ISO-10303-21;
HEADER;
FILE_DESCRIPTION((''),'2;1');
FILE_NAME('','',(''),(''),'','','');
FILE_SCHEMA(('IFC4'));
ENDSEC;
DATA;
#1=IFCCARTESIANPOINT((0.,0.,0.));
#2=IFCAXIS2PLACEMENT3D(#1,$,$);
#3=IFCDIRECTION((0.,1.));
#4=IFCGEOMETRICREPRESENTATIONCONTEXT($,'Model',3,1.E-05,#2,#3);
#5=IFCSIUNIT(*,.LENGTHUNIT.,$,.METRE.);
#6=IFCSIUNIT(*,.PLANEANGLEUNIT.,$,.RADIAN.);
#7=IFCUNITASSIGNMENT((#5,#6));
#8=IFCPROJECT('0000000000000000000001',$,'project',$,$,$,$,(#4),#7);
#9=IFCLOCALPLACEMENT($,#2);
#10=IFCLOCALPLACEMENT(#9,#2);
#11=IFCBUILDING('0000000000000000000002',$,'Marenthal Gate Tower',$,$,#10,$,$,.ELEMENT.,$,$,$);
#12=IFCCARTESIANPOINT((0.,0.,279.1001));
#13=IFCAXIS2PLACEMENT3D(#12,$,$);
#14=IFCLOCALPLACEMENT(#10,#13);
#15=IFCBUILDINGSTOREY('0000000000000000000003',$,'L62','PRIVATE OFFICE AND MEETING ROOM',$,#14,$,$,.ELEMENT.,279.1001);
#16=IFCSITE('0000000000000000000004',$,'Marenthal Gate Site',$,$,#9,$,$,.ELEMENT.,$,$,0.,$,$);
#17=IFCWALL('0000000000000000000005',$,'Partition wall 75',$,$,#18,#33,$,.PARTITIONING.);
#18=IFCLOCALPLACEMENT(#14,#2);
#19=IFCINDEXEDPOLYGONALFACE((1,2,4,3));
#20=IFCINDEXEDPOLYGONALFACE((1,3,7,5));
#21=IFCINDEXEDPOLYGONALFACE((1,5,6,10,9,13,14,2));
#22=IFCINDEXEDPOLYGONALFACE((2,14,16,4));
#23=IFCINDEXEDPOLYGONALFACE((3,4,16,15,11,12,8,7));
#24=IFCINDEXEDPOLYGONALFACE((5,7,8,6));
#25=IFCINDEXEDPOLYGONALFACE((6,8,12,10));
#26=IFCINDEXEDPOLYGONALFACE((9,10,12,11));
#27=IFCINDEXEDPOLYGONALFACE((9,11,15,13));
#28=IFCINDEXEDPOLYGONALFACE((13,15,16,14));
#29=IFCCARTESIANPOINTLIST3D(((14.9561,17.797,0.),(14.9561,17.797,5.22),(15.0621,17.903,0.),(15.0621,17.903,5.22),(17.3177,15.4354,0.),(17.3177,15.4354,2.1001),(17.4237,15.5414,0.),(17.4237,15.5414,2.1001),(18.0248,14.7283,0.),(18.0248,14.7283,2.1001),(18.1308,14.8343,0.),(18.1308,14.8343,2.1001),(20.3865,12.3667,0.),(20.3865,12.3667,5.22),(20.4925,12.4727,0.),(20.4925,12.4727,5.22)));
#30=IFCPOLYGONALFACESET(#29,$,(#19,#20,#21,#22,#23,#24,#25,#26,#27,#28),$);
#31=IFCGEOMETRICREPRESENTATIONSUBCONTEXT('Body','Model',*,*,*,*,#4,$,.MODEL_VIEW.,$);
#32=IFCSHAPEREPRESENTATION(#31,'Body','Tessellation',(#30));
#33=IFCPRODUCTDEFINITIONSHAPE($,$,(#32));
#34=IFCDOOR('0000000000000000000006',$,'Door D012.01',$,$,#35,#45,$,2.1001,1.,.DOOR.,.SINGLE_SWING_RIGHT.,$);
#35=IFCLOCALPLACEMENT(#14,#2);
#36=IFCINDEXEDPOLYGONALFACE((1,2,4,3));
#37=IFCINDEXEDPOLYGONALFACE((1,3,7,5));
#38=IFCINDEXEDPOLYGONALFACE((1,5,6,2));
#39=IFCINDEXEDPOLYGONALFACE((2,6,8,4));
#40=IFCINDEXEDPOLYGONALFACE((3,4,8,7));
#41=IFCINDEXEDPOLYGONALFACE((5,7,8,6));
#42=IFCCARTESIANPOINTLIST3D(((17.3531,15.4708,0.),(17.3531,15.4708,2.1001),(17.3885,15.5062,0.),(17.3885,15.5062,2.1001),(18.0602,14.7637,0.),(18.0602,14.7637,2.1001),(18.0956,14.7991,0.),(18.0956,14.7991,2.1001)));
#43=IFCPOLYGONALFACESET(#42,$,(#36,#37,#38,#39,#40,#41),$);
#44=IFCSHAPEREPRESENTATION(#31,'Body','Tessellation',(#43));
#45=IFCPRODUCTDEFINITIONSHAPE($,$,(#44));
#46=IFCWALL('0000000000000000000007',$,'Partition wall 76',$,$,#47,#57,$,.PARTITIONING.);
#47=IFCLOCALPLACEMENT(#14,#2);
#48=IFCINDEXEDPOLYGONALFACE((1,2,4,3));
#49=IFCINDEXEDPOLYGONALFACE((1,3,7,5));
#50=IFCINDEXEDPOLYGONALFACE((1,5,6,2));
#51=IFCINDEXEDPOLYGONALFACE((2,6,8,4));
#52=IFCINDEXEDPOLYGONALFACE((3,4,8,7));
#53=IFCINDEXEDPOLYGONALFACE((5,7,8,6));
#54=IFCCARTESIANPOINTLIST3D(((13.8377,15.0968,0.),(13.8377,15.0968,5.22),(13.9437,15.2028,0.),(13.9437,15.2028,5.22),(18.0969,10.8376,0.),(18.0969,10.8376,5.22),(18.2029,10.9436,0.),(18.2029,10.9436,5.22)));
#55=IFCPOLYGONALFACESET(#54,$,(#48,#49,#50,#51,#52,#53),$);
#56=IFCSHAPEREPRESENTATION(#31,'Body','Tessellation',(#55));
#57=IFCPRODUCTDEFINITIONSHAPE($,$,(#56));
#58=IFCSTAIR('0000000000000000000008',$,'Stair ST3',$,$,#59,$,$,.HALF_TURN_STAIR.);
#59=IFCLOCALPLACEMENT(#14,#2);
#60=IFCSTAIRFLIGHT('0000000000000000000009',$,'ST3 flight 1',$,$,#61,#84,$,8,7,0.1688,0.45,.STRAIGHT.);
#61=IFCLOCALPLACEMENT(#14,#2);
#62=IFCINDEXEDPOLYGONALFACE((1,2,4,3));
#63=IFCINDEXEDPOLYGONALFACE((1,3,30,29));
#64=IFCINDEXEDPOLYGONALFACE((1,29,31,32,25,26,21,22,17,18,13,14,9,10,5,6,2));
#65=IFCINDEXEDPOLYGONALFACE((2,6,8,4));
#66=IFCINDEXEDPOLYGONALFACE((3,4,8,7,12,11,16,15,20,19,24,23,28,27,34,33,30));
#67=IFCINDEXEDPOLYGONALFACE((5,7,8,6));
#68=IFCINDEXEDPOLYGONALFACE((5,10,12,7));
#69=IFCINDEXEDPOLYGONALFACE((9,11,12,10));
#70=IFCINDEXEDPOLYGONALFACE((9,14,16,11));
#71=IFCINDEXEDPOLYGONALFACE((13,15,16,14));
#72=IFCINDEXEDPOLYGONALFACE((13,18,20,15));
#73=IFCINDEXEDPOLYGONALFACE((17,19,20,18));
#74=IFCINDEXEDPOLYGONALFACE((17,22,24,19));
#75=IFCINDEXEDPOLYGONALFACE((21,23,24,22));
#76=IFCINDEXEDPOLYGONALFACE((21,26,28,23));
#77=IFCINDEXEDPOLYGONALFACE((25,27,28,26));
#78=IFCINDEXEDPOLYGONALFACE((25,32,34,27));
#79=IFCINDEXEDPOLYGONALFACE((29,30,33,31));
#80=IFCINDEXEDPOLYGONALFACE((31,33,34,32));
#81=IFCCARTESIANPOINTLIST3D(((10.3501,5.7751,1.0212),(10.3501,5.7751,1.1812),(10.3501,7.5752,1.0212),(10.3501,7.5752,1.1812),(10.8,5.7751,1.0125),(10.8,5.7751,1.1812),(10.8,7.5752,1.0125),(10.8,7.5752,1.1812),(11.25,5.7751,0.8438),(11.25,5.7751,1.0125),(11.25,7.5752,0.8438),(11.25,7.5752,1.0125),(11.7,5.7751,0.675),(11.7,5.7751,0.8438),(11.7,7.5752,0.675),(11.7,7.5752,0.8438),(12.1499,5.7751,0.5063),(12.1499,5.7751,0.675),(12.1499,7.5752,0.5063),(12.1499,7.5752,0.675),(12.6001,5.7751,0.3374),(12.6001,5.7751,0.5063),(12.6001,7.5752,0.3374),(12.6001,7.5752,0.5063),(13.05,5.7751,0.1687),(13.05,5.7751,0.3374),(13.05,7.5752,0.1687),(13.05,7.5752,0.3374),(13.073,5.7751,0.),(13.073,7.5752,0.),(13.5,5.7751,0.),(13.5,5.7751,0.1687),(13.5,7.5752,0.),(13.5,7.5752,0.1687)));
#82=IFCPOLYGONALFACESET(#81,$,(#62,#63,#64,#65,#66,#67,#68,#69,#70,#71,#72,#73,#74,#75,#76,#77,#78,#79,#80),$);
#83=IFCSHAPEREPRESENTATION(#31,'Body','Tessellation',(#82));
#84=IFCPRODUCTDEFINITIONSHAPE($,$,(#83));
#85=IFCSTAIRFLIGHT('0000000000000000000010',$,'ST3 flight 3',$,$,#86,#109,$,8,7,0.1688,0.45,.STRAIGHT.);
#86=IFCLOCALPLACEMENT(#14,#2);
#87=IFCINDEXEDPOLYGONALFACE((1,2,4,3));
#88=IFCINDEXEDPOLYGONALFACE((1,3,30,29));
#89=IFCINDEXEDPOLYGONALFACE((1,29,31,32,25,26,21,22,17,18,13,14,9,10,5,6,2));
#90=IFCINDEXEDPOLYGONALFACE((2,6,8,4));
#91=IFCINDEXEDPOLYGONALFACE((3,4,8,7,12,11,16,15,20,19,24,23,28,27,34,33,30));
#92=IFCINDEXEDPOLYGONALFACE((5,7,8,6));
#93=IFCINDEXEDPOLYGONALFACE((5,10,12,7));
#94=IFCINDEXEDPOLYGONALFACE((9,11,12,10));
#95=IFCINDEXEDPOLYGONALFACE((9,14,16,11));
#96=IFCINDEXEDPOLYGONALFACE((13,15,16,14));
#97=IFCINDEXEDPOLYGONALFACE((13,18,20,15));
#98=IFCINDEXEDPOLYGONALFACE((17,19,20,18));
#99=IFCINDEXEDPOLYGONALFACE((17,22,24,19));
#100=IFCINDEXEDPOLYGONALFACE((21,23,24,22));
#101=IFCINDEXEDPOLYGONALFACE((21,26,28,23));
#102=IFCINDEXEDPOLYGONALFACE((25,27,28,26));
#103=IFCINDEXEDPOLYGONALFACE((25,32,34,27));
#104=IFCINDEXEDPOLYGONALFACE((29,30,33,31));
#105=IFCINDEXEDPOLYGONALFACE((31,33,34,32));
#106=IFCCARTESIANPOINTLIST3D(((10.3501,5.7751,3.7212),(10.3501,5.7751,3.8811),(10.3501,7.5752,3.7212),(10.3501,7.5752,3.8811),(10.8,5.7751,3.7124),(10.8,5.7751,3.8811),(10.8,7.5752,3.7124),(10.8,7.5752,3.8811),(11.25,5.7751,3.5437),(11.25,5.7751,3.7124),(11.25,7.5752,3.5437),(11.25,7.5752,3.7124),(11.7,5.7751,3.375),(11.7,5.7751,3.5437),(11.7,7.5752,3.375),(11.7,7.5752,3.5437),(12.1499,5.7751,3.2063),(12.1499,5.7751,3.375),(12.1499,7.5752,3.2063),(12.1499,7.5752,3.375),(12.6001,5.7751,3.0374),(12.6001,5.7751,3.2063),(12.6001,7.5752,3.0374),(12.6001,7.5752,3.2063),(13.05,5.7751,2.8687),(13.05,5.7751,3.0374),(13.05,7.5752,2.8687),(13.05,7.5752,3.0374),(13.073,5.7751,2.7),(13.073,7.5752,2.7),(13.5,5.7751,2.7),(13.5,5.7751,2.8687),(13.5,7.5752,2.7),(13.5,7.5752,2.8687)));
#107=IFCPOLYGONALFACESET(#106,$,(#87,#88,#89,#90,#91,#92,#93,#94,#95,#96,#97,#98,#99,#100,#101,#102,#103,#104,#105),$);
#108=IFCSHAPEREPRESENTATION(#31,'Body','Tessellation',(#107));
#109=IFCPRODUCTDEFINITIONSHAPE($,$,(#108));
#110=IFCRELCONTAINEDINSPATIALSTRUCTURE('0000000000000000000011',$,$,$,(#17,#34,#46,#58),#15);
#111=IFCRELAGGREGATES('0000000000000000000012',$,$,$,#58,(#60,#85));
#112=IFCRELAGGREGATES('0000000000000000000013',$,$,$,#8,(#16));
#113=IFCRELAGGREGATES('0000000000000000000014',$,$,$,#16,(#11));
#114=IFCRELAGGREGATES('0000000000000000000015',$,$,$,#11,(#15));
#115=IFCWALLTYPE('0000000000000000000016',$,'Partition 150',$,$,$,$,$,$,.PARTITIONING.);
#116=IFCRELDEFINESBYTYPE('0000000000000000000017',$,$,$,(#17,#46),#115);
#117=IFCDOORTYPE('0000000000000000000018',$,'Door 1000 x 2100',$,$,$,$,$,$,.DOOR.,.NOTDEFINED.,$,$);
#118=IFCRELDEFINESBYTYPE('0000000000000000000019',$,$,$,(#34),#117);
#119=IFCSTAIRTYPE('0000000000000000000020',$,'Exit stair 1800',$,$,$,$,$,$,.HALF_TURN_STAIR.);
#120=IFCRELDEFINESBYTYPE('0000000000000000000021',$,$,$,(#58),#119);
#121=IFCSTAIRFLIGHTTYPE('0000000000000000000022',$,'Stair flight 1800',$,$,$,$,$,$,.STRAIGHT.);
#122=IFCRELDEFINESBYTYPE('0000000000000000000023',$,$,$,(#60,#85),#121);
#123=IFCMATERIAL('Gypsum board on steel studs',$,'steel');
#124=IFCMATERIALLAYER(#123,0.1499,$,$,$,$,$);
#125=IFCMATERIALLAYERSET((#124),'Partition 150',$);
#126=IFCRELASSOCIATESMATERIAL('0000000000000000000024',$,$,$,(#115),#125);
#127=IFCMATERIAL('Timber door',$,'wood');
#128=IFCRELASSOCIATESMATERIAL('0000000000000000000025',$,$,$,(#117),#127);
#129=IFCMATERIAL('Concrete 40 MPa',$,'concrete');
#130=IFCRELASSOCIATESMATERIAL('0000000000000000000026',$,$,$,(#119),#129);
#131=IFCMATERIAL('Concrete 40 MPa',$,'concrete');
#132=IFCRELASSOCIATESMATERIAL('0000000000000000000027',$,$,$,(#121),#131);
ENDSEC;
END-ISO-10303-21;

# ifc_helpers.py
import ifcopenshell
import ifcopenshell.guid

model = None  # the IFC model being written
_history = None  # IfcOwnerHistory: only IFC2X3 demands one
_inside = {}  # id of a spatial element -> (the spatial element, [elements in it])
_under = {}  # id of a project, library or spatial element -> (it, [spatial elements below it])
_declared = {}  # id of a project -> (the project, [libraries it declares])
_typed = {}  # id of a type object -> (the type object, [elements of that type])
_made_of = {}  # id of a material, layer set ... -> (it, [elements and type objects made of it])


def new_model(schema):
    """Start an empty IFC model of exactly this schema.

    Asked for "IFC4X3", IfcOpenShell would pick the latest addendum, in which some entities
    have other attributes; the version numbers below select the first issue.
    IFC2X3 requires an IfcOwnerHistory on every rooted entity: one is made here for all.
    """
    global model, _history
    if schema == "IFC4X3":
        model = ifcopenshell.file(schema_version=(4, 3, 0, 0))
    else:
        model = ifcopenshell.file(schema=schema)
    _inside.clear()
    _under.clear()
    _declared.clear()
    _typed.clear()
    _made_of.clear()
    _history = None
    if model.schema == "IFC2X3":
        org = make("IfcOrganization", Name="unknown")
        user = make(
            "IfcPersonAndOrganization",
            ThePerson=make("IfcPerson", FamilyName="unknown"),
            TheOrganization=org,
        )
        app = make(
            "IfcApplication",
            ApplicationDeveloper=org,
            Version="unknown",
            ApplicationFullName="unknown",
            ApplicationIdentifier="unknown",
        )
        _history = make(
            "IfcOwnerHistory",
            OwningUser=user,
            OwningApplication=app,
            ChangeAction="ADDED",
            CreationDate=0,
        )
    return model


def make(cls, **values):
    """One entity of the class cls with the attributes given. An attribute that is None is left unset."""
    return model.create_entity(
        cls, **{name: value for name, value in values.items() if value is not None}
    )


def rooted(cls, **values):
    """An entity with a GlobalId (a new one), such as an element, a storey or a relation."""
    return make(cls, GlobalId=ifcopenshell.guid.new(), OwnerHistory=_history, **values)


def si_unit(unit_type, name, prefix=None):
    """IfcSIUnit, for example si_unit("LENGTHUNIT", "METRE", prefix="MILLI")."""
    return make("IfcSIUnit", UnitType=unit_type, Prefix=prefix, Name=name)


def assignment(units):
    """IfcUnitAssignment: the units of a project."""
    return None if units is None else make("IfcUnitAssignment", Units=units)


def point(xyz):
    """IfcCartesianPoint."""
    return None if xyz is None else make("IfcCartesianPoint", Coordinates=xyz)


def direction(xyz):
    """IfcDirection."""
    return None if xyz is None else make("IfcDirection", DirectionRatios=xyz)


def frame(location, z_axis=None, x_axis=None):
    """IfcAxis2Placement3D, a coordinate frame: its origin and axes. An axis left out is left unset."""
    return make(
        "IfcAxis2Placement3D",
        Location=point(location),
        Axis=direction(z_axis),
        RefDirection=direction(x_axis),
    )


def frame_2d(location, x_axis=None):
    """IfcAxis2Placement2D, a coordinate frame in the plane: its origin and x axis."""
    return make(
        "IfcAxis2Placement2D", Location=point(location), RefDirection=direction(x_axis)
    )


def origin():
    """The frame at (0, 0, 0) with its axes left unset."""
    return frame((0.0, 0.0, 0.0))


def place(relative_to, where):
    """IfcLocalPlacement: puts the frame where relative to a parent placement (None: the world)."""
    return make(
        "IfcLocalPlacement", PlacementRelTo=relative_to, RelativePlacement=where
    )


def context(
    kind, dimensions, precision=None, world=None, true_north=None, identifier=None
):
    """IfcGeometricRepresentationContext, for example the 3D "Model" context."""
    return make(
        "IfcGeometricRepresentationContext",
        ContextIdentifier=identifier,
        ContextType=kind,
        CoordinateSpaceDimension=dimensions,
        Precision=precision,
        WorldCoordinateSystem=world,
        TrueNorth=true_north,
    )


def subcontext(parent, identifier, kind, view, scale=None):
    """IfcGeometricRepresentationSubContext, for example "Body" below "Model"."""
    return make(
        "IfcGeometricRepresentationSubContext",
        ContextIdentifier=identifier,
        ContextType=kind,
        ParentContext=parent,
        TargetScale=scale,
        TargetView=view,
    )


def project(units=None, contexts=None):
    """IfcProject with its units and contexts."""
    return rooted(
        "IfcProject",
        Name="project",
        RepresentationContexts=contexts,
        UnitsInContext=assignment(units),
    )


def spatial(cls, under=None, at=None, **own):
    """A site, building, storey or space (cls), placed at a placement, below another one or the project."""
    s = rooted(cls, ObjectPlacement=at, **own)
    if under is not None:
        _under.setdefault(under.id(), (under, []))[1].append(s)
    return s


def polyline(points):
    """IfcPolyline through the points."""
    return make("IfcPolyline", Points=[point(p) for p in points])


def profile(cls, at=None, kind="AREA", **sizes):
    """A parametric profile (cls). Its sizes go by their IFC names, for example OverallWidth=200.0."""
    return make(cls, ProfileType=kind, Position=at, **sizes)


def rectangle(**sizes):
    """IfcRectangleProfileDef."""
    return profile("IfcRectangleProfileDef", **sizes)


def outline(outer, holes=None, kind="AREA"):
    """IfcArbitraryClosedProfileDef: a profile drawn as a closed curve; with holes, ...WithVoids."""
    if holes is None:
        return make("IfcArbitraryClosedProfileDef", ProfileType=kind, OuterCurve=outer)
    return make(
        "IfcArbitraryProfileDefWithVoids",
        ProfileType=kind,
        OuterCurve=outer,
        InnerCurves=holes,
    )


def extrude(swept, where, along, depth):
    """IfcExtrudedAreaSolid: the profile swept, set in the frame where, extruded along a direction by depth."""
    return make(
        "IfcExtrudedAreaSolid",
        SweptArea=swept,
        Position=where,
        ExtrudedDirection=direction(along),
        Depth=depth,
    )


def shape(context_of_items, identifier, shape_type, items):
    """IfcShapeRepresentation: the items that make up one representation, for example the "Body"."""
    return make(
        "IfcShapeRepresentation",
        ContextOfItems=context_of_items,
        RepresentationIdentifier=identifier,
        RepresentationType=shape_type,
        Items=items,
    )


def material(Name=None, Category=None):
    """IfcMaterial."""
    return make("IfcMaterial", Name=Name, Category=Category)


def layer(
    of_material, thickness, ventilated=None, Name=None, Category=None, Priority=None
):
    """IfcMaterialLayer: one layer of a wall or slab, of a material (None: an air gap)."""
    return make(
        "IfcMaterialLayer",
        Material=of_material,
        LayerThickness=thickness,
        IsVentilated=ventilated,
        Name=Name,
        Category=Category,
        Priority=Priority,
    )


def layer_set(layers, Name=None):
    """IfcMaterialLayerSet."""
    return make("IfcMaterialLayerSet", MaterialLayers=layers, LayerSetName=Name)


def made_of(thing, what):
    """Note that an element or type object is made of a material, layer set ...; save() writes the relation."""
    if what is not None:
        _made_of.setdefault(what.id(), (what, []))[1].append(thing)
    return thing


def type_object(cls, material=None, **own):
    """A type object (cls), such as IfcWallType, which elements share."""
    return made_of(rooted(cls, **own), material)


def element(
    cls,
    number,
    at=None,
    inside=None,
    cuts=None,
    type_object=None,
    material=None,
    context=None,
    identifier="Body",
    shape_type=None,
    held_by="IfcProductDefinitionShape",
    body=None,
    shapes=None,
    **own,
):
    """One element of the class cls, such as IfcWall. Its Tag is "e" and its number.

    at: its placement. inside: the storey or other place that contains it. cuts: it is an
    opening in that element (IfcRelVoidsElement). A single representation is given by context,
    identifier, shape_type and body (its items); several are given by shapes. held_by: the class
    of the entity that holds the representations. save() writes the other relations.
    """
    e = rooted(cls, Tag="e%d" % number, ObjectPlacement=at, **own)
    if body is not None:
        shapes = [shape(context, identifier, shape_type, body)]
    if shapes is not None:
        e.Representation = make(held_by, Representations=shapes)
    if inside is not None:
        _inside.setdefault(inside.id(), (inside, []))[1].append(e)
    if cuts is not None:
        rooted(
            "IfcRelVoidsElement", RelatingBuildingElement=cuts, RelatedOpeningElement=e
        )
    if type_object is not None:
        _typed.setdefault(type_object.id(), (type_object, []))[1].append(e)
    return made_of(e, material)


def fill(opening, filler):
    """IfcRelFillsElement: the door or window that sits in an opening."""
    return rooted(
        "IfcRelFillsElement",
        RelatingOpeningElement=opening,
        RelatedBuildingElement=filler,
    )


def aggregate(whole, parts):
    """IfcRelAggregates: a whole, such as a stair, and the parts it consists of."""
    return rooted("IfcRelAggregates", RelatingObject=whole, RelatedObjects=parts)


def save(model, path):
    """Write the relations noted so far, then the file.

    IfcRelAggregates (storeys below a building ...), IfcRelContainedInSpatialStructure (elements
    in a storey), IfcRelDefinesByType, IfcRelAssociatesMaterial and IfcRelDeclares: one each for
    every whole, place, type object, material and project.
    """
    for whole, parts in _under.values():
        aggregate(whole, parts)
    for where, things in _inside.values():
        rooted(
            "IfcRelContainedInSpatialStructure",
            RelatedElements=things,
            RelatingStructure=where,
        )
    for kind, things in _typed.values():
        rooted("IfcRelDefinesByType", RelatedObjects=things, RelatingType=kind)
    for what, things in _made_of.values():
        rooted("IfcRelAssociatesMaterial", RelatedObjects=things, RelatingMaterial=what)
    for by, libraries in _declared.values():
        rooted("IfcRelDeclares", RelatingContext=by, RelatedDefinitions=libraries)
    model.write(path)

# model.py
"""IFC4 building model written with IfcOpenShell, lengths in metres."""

from ifc_helpers import new_model, si_unit, direction, frame, frame_2d, origin, place, context, subcontext, project, spatial, polyline, rectangle, outline, extrude, material, layer, layer_set, type_object, element, fill, aggregate, save


model = new_model("IFC4")

# Units and contexts
model_context = context("Model", 3, precision=1e-05, world=origin(), true_north=direction((0.0, 1.0)))
body_context = subcontext(model_context, "Body", "Model", "MODEL_VIEW")
ifc_project = project(units=[si_unit("LENGTHUNIT", "METRE"), si_unit("PLANEANGLEUNIT", "RADIAN")], contexts=[model_context])

# Site, building, storey
site_placement = place(None, origin())
site = spatial("IfcSite", under=ifc_project, at=site_placement, Name="Marenthal Gate Site", CompositionType="ELEMENT", RefElevation=0.0)
building_placement = place(site_placement, origin())
building = spatial("IfcBuilding", under=site, at=building_placement, Name="Marenthal Gate Tower", CompositionType="ELEMENT")
storey_placement = place(building_placement, frame((0.0, 0.0, 279.1001)))
storey = spatial("IfcBuildingStorey", under=building, at=storey_placement, Name="L62", Description="PRIVATE OFFICE AND MEETING ROOM", CompositionType="ELEMENT", Elevation=279.1001)

# Shared definitions
ifc_material_1 = material(Name="Gypsum board on steel studs", Category="steel")
ifc_layer_1 = layer(ifc_material_1, 0.1499)
ifc_layer_set_1 = layer_set([ifc_layer_1], Name="Partition 150")
wall_type_1 = type_object("IfcWallType", Name="Partition 150", PredefinedType="PARTITIONING", material=ifc_layer_set_1)

# Wall, opening, door
wall_1_placement = place(storey_placement, frame((20.4395, 12.4197, 0.0), z_axis=(0.0, 0.0, 1.0), x_axis=(-0.707107, 0.707107, 0.0)))
wall_1 = element("IfcWall", 1, at=wall_1_placement, inside=storey, type_object=wall_type_1, Name="Partition wall 75", PredefinedType="PARTITIONING", context=body_context, shape_type="SweptSolid", body=[
    extrude(rectangle(XDim=7.6797, YDim=0.1499, at=frame_2d((3.8398, 0.0))), origin(), (0.0, 0.0, 1.0), 5.22),
])
opening_placement = place(wall_1_placement, frame((3.3398, 0.0, 0.0)))
opening = element("IfcOpeningElement", 2, at=opening_placement, cuts=wall_1, PredefinedType="OPENING", context=body_context, shape_type="SweptSolid", body=[
    extrude(rectangle(XDim=1.0, YDim=2.1001, at=frame_2d((0.5, 1.05))), frame((0.0, 0.085, 0.0), z_axis=(0.0, -1.0, 0.0), x_axis=(1.0, 0.0, 0.0)), (0.0, 0.0, 1.0), 0.1699),
])
ifc_material_2 = material(Name="Timber door", Category="wood")
door_type = type_object("IfcDoorType", Name="Door 1000 x 2100", OperationType="NOTDEFINED", PredefinedType="DOOR", material=ifc_material_2)
door_placement = place(opening_placement, origin())
door = element("IfcDoor", 3, at=door_placement, inside=storey, type_object=door_type, Name="Door D012.01", OperationType="SINGLE_SWING_RIGHT", OverallHeight=2.1001, OverallWidth=1.0, PredefinedType="DOOR", context=body_context, shape_type="SweptSolid", body=[
    extrude(rectangle(XDim=1.0, YDim=2.1001, at=frame_2d((0.5, 1.05))), frame((0.0, 0.0249, 0.0), z_axis=(0.0, -1.0, 0.0), x_axis=(1.0, 0.0, 0.0)), (0.0, 0.0, 1.0), 0.05),
])
fill(opening, door)

# Wall
wall_2_placement = place(storey_placement, frame((18.1499, 10.8906, 0.0), z_axis=(0.0, 0.0, 1.0), x_axis=(-0.707107, 0.707107, 0.0)))
element("IfcWall", 4, at=wall_2_placement, inside=storey, type_object=wall_type_1, Name="Partition wall 76", PredefinedType="PARTITIONING", context=body_context, shape_type="SweptSolid", body=[
    extrude(rectangle(XDim=6.0234, YDim=0.1499, at=frame_2d((3.0117, 0.0))), origin(), (0.0, 0.0, 1.0), 5.22),
])

# Stair, stair flights
ifc_material_3 = material(Name="Concrete 40 MPa", Category="concrete")
stair_type = type_object("IfcStairType", Name="Exit stair 1800", PredefinedType="HALF_TURN_STAIR", material=ifc_material_3)
stair_placement = place(storey_placement, origin())
stair = element("IfcStair", 5, at=stair_placement, inside=storey, type_object=stair_type, Name="Stair ST3", PredefinedType="HALF_TURN_STAIR")
ifc_material_4 = material(Name="Concrete 40 MPa", Category="concrete")
stair_flight_type = type_object("IfcStairFlightType", Name="Stair flight 1800", PredefinedType="STRAIGHT", material=ifc_material_4)
stair_flight_1_placement = place(storey_placement, frame((13.5, 6.675, 0.0), z_axis=(0.0, 0.0, 1.0), x_axis=(-1.0, 0.0, 0.0)))
stair_flight_1 = element("IfcStairFlight", 6, at=stair_flight_1_placement, type_object=stair_flight_type, Name="ST3 flight 1", NumberOfRisers=8, NumberOfTreads=7, PredefinedType="STRAIGHT", RiserHeight=0.1688, TreadLength=0.45, context=body_context, shape_type="SweptSolid", body=[
    extrude(outline(polyline([(0.0, 0.0), (0.0, 0.1687), (0.45, 0.1687), (0.45, 0.3374), (0.8999, 0.3374), (0.8999, 0.5063), (1.3501, 0.5063), (1.3501, 0.675), (1.8, 0.675), (1.8, 0.8438), (2.25, 0.8438), (2.25, 1.0125), (2.7, 1.0125), (2.7, 1.1812), (3.1499, 1.1812), (3.1499, 1.3501), (3.1499, 1.0212), (0.427, 0.0), (0.0, 0.0)])), frame((0.0, 0.8999, 0.0), z_axis=(0.0, -1.0, 0.0), x_axis=(1.0, 0.0, 0.0)), (0.0, 0.0, 1.0), 1.8),
])
stair_flight_2_placement = place(storey_placement, frame((13.5, 6.675, 2.7), z_axis=(0.0, 0.0, 1.0), x_axis=(-1.0, 0.0, 0.0)))
stair_flight_2 = element("IfcStairFlight", 7, at=stair_flight_2_placement, type_object=stair_flight_type, Name="ST3 flight 3", NumberOfRisers=8, NumberOfTreads=7, PredefinedType="STRAIGHT", RiserHeight=0.1688, TreadLength=0.45, context=body_context, shape_type="SweptSolid", body=[
    extrude(outline(polyline([(0.0, 0.0), (0.0, 0.1687), (0.45, 0.1687), (0.45, 0.3374), (0.8999, 0.3374), (0.8999, 0.5063), (1.3501, 0.5063), (1.3501, 0.675), (1.8, 0.675), (1.8, 0.8438), (2.25, 0.8438), (2.25, 1.0125), (2.7, 1.0125), (2.7, 1.1812), (3.1499, 1.1812), (3.1499, 1.3501), (3.1499, 1.0212), (0.427, 0.0), (0.0, 0.0)])), frame((0.0, 0.8999, 0.0), z_axis=(0.0, -1.0, 0.0), x_axis=(1.0, 0.0, 0.0)), (0.0, 0.0, 1.0), 1.8),
])
aggregate(stair, [stair_flight_1, stair_flight_2])

save(model, "model.ifc")
